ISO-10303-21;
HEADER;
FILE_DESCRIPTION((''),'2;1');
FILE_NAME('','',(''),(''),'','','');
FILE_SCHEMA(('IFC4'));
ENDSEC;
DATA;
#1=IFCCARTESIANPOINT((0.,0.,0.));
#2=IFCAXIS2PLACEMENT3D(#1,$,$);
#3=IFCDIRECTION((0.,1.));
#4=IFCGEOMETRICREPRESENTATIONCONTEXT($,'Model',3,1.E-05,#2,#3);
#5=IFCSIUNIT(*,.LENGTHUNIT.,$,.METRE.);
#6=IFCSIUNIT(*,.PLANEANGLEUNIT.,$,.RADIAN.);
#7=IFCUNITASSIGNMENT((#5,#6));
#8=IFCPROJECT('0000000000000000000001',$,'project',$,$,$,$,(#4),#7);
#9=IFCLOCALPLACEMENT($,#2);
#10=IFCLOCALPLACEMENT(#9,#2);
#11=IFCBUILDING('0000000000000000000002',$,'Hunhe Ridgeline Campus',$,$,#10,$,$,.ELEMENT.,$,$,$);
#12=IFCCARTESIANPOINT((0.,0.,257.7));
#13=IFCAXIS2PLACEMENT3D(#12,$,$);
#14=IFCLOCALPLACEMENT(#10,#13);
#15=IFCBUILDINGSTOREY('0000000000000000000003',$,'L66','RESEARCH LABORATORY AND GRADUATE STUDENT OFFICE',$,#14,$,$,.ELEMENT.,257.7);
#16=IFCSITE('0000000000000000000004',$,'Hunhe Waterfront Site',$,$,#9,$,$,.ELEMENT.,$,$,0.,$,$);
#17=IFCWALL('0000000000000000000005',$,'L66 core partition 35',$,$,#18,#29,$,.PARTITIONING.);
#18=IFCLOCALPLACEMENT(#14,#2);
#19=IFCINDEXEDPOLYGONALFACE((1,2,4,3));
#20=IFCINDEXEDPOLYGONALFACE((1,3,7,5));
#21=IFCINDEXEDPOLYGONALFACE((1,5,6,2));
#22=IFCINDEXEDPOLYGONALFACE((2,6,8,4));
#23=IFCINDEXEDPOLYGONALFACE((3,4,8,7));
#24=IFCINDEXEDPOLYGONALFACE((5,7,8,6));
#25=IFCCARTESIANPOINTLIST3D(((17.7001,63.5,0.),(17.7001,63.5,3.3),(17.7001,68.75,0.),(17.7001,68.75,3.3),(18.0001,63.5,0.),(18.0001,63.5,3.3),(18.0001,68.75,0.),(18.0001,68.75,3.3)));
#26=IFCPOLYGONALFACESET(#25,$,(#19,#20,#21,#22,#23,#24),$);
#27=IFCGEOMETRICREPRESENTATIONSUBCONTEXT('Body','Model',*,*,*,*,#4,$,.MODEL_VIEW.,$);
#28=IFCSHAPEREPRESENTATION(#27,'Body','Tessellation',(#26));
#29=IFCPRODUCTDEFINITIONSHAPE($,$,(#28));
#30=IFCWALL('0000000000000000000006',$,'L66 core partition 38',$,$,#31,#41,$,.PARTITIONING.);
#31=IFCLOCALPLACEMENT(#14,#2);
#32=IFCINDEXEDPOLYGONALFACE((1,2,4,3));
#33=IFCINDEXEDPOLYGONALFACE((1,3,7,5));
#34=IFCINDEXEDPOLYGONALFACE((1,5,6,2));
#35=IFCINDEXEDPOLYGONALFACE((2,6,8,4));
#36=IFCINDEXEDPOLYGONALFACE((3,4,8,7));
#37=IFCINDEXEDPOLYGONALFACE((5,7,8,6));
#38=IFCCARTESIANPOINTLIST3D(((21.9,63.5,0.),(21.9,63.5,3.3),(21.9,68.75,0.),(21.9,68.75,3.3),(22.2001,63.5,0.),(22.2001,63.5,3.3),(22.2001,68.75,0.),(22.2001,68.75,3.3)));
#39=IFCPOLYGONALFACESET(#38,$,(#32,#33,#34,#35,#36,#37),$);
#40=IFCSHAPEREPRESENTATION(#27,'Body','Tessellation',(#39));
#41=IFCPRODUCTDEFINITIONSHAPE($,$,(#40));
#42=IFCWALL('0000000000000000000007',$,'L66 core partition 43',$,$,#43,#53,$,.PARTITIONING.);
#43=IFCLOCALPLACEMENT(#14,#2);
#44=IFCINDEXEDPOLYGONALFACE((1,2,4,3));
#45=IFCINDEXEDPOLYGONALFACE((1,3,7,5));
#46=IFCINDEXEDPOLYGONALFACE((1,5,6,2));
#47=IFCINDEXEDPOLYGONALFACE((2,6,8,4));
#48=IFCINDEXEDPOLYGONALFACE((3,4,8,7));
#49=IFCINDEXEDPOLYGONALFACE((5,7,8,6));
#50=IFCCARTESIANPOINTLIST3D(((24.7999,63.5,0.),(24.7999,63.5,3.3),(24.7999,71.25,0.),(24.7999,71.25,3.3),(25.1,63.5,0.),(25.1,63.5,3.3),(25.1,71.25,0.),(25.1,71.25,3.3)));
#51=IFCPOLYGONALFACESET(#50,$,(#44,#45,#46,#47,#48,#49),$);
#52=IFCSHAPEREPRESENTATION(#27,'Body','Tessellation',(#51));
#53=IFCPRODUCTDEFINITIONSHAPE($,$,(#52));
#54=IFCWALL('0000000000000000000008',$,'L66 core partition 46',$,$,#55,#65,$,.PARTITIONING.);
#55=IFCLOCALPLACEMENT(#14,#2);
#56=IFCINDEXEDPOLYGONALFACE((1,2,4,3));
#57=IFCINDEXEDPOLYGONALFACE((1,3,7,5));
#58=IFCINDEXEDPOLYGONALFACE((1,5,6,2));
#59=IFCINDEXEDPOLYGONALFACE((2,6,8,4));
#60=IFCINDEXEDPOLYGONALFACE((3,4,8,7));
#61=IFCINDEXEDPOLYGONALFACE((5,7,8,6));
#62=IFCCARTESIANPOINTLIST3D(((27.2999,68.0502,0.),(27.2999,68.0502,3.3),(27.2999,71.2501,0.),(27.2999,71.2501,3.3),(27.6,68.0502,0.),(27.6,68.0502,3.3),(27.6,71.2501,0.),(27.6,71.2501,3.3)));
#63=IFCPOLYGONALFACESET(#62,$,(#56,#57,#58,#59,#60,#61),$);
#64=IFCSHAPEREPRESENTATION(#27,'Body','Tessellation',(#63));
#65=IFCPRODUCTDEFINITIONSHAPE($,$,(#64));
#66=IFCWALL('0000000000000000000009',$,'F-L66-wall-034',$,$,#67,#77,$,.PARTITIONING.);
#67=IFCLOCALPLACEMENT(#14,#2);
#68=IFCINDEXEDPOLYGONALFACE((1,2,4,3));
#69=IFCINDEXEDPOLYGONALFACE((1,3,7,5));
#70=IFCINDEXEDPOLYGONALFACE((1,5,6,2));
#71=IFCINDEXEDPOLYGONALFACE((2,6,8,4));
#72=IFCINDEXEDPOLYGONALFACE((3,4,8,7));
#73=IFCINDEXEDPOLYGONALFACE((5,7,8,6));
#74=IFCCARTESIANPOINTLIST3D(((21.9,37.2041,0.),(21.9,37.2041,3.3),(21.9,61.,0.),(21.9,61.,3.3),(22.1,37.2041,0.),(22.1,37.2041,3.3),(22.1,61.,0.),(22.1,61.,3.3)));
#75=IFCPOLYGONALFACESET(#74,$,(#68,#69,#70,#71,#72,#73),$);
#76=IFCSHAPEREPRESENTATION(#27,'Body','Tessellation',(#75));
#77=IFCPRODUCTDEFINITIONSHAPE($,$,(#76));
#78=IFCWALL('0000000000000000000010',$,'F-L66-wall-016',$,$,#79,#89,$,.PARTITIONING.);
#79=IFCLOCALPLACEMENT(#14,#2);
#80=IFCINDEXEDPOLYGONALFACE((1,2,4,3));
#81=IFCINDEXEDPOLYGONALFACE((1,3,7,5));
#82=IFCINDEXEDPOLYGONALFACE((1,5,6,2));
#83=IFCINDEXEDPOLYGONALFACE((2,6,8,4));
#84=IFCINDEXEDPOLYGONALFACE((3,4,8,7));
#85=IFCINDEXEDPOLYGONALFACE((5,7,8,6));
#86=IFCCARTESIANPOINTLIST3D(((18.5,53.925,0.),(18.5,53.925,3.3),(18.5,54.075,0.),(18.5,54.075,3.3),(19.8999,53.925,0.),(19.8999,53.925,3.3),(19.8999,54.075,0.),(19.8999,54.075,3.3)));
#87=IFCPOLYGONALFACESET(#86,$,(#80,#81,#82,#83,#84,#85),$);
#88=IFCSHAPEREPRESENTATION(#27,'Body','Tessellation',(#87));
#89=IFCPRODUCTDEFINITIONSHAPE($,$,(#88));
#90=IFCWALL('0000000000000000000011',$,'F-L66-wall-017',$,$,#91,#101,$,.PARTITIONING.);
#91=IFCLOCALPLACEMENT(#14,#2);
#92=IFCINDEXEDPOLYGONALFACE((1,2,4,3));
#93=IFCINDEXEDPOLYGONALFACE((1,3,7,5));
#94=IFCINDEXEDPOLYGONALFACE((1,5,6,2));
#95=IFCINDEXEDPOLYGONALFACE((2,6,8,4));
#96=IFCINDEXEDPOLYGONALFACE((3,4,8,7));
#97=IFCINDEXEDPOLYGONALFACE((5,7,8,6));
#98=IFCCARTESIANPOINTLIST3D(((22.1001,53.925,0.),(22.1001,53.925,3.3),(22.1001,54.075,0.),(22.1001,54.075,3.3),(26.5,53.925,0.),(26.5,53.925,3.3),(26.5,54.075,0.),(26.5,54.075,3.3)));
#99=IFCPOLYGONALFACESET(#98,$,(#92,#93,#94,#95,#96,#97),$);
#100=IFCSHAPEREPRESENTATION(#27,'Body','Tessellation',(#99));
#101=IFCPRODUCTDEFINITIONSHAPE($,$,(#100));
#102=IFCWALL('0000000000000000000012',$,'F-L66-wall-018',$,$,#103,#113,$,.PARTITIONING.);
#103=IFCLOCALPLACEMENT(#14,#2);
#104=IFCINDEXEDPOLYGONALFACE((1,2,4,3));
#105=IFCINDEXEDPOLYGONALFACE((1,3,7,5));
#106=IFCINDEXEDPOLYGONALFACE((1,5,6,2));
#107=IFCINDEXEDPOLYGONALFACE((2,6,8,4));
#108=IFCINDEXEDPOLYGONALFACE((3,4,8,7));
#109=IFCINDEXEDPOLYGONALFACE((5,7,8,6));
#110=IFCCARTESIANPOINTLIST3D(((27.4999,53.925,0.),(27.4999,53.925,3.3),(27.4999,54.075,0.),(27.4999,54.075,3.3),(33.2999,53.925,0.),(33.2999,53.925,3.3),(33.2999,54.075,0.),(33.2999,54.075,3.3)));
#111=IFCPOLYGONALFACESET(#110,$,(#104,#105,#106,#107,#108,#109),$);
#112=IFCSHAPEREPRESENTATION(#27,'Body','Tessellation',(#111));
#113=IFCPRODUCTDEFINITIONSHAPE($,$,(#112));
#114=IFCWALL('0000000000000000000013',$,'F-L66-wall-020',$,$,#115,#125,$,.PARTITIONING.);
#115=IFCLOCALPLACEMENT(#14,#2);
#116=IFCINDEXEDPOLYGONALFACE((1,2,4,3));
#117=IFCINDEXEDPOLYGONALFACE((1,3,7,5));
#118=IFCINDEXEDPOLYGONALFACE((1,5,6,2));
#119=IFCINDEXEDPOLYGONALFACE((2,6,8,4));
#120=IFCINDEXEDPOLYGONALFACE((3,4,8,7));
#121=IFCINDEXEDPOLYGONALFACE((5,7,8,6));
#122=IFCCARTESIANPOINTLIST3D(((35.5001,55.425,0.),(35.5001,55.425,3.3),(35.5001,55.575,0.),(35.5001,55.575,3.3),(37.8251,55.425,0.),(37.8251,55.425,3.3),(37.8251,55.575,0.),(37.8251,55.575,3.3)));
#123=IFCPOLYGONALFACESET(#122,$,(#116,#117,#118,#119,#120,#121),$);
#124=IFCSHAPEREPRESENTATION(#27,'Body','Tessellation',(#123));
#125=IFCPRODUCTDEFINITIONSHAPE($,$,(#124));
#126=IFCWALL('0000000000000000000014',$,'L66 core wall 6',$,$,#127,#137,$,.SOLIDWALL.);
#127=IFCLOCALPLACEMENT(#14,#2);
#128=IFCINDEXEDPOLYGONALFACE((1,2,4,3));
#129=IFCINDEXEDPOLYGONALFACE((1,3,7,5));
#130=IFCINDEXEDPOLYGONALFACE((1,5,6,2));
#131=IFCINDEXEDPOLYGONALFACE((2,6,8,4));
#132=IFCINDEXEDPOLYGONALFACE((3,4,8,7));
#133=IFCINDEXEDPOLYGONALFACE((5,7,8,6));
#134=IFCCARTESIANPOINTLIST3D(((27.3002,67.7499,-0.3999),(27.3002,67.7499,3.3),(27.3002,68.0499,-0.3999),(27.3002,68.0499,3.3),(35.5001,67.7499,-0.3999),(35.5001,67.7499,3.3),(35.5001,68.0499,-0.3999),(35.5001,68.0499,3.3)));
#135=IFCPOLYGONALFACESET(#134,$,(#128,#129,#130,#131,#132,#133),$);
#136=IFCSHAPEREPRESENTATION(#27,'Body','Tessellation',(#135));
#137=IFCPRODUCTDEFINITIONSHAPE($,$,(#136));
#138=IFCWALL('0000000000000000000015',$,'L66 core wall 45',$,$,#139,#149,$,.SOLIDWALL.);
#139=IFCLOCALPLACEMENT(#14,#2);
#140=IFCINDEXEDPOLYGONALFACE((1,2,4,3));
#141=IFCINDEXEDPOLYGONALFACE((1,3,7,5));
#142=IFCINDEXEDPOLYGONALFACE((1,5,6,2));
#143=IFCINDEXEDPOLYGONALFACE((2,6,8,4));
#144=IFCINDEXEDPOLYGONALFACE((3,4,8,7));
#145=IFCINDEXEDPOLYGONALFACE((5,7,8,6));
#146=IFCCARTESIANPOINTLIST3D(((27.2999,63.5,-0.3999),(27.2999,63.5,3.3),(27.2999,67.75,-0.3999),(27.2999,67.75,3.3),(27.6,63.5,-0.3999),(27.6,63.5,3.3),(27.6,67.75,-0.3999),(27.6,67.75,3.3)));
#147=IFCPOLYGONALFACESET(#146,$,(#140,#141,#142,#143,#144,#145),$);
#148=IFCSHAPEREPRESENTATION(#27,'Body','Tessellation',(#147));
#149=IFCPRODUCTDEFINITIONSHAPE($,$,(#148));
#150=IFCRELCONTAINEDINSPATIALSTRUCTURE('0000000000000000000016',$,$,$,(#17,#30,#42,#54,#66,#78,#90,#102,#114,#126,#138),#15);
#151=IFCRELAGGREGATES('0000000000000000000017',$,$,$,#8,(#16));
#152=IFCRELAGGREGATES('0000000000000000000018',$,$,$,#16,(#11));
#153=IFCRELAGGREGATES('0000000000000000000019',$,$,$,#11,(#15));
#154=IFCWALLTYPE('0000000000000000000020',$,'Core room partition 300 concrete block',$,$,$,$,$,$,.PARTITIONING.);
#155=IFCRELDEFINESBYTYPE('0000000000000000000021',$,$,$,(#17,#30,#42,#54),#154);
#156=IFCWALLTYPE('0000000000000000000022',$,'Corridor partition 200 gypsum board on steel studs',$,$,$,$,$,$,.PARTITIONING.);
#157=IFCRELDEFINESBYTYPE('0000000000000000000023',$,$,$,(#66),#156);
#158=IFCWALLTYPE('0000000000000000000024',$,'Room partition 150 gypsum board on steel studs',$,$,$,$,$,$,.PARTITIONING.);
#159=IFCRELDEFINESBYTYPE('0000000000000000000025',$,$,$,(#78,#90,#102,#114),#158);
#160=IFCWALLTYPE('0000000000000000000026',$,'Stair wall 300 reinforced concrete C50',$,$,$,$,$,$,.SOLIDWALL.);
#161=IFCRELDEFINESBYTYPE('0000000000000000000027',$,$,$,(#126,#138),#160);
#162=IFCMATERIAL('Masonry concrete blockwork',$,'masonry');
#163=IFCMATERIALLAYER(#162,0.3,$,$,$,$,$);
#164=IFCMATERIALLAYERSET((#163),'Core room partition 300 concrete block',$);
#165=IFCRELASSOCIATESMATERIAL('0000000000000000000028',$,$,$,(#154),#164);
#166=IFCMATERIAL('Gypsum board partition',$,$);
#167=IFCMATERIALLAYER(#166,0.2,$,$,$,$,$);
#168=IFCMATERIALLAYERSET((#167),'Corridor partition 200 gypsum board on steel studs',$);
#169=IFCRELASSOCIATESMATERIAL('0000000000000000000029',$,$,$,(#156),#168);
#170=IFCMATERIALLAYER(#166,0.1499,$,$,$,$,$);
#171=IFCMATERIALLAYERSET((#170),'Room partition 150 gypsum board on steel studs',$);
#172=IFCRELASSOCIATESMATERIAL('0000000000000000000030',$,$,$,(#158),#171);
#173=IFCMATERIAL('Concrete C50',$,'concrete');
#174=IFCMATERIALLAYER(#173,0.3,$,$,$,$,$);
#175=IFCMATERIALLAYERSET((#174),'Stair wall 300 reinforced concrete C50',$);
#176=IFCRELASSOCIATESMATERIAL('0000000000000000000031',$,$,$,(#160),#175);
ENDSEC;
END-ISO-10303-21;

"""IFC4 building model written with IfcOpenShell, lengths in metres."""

from ifc_helpers import new_model, si_unit, direction, frame, frame_2d, origin, place, context, subcontext, project, spatial, rectangle, extrude, material, layer, layer_set, type_object, element, save


model = new_model("IFC4")

# Units and contexts
model_context = context("Model", 3, precision=1e-05, world=origin(), true_north=direction((0.0, 1.0)))
body_context = subcontext(model_context, "Body", "Model", "MODEL_VIEW")
ifc_project = project(units=[si_unit("LENGTHUNIT", "METRE"), si_unit("PLANEANGLEUNIT", "RADIAN")], contexts=[model_context])

# Site, building, storey
site_placement = place(None, origin())
site = spatial("IfcSite", under=ifc_project, at=site_placement, Name="Hunhe Waterfront Site", CompositionType="ELEMENT", RefElevation=0.0)
building_placement = place(site_placement, origin())
building = spatial("IfcBuilding", under=site, at=building_placement, Name="Hunhe Ridgeline Campus", CompositionType="ELEMENT")
storey_placement = place(building_placement, frame((0.0, 0.0, 257.7)))
storey = spatial("IfcBuildingStorey", under=building, at=storey_placement, Name="L66", Description="RESEARCH LABORATORY AND GRADUATE STUDENT OFFICE", CompositionType="ELEMENT", Elevation=257.7)

# Walls
ifc_material_1 = material(Name="Masonry concrete blockwork", Category="masonry")
ifc_layer_1 = layer(ifc_material_1, 0.3)
ifc_layer_set_1 = layer_set([ifc_layer_1], Name="Core room partition 300 concrete block")
wall_type_1 = type_object("IfcWallType", Name="Core room partition 300 concrete block", PredefinedType="PARTITIONING", material=ifc_layer_set_1)
for number, where, z_axis, x_axis, name in (
    (1, (17.8501, 63.5, 0.0), (0.0, 0.0, 1.0), (0.0, 1.0, 0.0), "L66 core partition 35"),
    (2, (22.05, 63.5, 0.0), (0.0, 0.0, 1.0), (0.0, 1.0, 0.0), "L66 core partition 38"),
):
    element("IfcWall", number, at=place(storey_placement, frame(where, z_axis=z_axis, x_axis=x_axis)), inside=storey, type_object=wall_type_1, Name=name, PredefinedType="PARTITIONING", context=body_context, shape_type="SweptSolid", body=[
        extrude(rectangle(XDim=5.25, YDim=0.3, at=frame_2d((2.625, 0.0))), origin(), (0.0, 0.0, 1.0), 3.3),
    ])
wall_1_placement = place(storey_placement, frame((24.95, 63.5, 0.0), z_axis=(0.0, 0.0, 1.0), x_axis=(0.0, 1.0, 0.0)))
element("IfcWall", 3, at=wall_1_placement, inside=storey, type_object=wall_type_1, Name="L66 core partition 43", PredefinedType="PARTITIONING", context=body_context, shape_type="SweptSolid", body=[
    extrude(rectangle(XDim=7.75, YDim=0.3, at=frame_2d((3.875, 0.0))), origin(), (0.0, 0.0, 1.0), 3.3),
])
wall_2_placement = place(storey_placement, frame((27.45, 68.05, 0.0), z_axis=(0.0, 0.0, 1.0), x_axis=(0.0, 1.0, 0.0)))
element("IfcWall", 4, at=wall_2_placement, inside=storey, type_object=wall_type_1, Name="L66 core partition 46", PredefinedType="PARTITIONING", context=body_context, shape_type="SweptSolid", body=[
    extrude(rectangle(XDim=3.2, YDim=0.3, at=frame_2d((1.6001, 0.0))), origin(), (0.0, 0.0, 1.0), 3.3),
])

# Shared definitions
ifc_material_2 = material(Name="Gypsum board partition")
ifc_layer_2 = layer(ifc_material_2, 0.2)
ifc_layer_set_2 = layer_set([ifc_layer_2], Name="Corridor partition 200 gypsum board on steel studs")
wall_type_2 = type_object("IfcWallType", Name="Corridor partition 200 gypsum board on steel studs", PredefinedType="PARTITIONING", material=ifc_layer_set_2)

# Wall
wall_3_placement = place(storey_placement, frame((22.0, 61.0, 0.0), z_axis=(0.0, 0.0, 1.0), x_axis=(0.0, -1.0, 0.0)))
element("IfcWall", 5, at=wall_3_placement, inside=storey, type_object=wall_type_2, Name="F-L66-wall-034", PredefinedType="PARTITIONING", context=body_context, shape_type="SweptSolid", body=[
    extrude(rectangle(XDim=23.7959, YDim=0.2, at=frame_2d((11.8979, 0.0))), origin(), (0.0, 0.0, 1.0), 3.3),
])

# Walls
ifc_layer_3 = layer(ifc_material_2, 0.1499)
ifc_layer_set_3 = layer_set([ifc_layer_3], Name="Room partition 150 gypsum board on steel studs")
wall_type_3 = type_object("IfcWallType", Name="Room partition 150 gypsum board on steel studs", PredefinedType="PARTITIONING", material=ifc_layer_set_3)
wall_4_placement = place(storey_placement, frame((18.5, 54.0, 0.0), z_axis=(0.0, 0.0, 1.0), x_axis=(1.0, 0.0, 0.0)))
element("IfcWall", 6, at=wall_4_placement, inside=storey, type_object=wall_type_3, Name="F-L66-wall-016", PredefinedType="PARTITIONING", context=body_context, shape_type="SweptSolid", body=[
    extrude(rectangle(XDim=1.3999, YDim=0.1499, at=frame_2d((0.7, 0.0))), origin(), (0.0, 0.0, 1.0), 3.3),
])
wall_5_placement = place(storey_placement, frame((22.1001, 54.0, 0.0), z_axis=(0.0, 0.0, 1.0), x_axis=(1.0, 0.0, 0.0)))
element("IfcWall", 7, at=wall_5_placement, inside=storey, type_object=wall_type_3, Name="F-L66-wall-017", PredefinedType="PARTITIONING", context=body_context, shape_type="SweptSolid", body=[
    extrude(rectangle(XDim=4.3999, YDim=0.1499, at=frame_2d((2.2, 0.0))), origin(), (0.0, 0.0, 1.0), 3.3),
])
wall_6_placement = place(storey_placement, frame((27.5, 54.0, 0.0), z_axis=(0.0, 0.0, 1.0), x_axis=(1.0, 0.0, 0.0)))
element("IfcWall", 8, at=wall_6_placement, inside=storey, type_object=wall_type_3, Name="F-L66-wall-018", PredefinedType="PARTITIONING", context=body_context, shape_type="SweptSolid", body=[
    extrude(rectangle(XDim=5.8, YDim=0.1499, at=frame_2d((2.8999, 0.0))), origin(), (0.0, 0.0, 1.0), 3.3),
])
wall_7_placement = place(storey_placement, frame((35.5, 55.5, 0.0), z_axis=(0.0, 0.0, 1.0), x_axis=(1.0, 0.0, 0.0)))
element("IfcWall", 9, at=wall_7_placement, inside=storey, type_object=wall_type_3, Name="F-L66-wall-020", PredefinedType="PARTITIONING", context=body_context, shape_type="SweptSolid", body=[
    extrude(rectangle(XDim=2.325, YDim=0.1499, at=frame_2d((1.1626, 0.0))), origin(), (0.0, 0.0, 1.0), 3.3),
])
ifc_material_3 = material(Name="Concrete C50", Category="concrete")
ifc_layer_4 = layer(ifc_material_3, 0.3)
ifc_layer_set_4 = layer_set([ifc_layer_4], Name="Stair wall 300 reinforced concrete C50")
wall_type_4 = type_object("IfcWallType", Name="Stair wall 300 reinforced concrete C50", PredefinedType="SOLIDWALL", material=ifc_layer_set_4)
wall_8_placement = place(storey_placement, frame((27.3, 67.8999, -0.3999), z_axis=(0.0, 0.0, 1.0), x_axis=(1.0, 0.0, 0.0)))
element("IfcWall", 10, at=wall_8_placement, inside=storey, type_object=wall_type_4, Name="L66 core wall 6", PredefinedType="SOLIDWALL", context=body_context, shape_type="SweptSolid", body=[
    extrude(rectangle(XDim=8.2, YDim=0.3, at=frame_2d((4.1001, 0.0))), origin(), (0.0, 0.0, 1.0), 3.7),
])
wall_9_placement = place(storey_placement, frame((27.45, 63.5, -0.3999), z_axis=(0.0, 0.0, 1.0), x_axis=(0.0, 1.0, 0.0)))
element("IfcWall", 11, at=wall_9_placement, inside=storey, type_object=wall_type_4, Name="L66 core wall 45", PredefinedType="SOLIDWALL", context=body_context, shape_type="SweptSolid", body=[
    extrude(rectangle(XDim=4.25, YDim=0.3, at=frame_2d((2.125, 0.0))), origin(), (0.0, 0.0, 1.0), 3.7),
])

save(model, "model.ifc")
